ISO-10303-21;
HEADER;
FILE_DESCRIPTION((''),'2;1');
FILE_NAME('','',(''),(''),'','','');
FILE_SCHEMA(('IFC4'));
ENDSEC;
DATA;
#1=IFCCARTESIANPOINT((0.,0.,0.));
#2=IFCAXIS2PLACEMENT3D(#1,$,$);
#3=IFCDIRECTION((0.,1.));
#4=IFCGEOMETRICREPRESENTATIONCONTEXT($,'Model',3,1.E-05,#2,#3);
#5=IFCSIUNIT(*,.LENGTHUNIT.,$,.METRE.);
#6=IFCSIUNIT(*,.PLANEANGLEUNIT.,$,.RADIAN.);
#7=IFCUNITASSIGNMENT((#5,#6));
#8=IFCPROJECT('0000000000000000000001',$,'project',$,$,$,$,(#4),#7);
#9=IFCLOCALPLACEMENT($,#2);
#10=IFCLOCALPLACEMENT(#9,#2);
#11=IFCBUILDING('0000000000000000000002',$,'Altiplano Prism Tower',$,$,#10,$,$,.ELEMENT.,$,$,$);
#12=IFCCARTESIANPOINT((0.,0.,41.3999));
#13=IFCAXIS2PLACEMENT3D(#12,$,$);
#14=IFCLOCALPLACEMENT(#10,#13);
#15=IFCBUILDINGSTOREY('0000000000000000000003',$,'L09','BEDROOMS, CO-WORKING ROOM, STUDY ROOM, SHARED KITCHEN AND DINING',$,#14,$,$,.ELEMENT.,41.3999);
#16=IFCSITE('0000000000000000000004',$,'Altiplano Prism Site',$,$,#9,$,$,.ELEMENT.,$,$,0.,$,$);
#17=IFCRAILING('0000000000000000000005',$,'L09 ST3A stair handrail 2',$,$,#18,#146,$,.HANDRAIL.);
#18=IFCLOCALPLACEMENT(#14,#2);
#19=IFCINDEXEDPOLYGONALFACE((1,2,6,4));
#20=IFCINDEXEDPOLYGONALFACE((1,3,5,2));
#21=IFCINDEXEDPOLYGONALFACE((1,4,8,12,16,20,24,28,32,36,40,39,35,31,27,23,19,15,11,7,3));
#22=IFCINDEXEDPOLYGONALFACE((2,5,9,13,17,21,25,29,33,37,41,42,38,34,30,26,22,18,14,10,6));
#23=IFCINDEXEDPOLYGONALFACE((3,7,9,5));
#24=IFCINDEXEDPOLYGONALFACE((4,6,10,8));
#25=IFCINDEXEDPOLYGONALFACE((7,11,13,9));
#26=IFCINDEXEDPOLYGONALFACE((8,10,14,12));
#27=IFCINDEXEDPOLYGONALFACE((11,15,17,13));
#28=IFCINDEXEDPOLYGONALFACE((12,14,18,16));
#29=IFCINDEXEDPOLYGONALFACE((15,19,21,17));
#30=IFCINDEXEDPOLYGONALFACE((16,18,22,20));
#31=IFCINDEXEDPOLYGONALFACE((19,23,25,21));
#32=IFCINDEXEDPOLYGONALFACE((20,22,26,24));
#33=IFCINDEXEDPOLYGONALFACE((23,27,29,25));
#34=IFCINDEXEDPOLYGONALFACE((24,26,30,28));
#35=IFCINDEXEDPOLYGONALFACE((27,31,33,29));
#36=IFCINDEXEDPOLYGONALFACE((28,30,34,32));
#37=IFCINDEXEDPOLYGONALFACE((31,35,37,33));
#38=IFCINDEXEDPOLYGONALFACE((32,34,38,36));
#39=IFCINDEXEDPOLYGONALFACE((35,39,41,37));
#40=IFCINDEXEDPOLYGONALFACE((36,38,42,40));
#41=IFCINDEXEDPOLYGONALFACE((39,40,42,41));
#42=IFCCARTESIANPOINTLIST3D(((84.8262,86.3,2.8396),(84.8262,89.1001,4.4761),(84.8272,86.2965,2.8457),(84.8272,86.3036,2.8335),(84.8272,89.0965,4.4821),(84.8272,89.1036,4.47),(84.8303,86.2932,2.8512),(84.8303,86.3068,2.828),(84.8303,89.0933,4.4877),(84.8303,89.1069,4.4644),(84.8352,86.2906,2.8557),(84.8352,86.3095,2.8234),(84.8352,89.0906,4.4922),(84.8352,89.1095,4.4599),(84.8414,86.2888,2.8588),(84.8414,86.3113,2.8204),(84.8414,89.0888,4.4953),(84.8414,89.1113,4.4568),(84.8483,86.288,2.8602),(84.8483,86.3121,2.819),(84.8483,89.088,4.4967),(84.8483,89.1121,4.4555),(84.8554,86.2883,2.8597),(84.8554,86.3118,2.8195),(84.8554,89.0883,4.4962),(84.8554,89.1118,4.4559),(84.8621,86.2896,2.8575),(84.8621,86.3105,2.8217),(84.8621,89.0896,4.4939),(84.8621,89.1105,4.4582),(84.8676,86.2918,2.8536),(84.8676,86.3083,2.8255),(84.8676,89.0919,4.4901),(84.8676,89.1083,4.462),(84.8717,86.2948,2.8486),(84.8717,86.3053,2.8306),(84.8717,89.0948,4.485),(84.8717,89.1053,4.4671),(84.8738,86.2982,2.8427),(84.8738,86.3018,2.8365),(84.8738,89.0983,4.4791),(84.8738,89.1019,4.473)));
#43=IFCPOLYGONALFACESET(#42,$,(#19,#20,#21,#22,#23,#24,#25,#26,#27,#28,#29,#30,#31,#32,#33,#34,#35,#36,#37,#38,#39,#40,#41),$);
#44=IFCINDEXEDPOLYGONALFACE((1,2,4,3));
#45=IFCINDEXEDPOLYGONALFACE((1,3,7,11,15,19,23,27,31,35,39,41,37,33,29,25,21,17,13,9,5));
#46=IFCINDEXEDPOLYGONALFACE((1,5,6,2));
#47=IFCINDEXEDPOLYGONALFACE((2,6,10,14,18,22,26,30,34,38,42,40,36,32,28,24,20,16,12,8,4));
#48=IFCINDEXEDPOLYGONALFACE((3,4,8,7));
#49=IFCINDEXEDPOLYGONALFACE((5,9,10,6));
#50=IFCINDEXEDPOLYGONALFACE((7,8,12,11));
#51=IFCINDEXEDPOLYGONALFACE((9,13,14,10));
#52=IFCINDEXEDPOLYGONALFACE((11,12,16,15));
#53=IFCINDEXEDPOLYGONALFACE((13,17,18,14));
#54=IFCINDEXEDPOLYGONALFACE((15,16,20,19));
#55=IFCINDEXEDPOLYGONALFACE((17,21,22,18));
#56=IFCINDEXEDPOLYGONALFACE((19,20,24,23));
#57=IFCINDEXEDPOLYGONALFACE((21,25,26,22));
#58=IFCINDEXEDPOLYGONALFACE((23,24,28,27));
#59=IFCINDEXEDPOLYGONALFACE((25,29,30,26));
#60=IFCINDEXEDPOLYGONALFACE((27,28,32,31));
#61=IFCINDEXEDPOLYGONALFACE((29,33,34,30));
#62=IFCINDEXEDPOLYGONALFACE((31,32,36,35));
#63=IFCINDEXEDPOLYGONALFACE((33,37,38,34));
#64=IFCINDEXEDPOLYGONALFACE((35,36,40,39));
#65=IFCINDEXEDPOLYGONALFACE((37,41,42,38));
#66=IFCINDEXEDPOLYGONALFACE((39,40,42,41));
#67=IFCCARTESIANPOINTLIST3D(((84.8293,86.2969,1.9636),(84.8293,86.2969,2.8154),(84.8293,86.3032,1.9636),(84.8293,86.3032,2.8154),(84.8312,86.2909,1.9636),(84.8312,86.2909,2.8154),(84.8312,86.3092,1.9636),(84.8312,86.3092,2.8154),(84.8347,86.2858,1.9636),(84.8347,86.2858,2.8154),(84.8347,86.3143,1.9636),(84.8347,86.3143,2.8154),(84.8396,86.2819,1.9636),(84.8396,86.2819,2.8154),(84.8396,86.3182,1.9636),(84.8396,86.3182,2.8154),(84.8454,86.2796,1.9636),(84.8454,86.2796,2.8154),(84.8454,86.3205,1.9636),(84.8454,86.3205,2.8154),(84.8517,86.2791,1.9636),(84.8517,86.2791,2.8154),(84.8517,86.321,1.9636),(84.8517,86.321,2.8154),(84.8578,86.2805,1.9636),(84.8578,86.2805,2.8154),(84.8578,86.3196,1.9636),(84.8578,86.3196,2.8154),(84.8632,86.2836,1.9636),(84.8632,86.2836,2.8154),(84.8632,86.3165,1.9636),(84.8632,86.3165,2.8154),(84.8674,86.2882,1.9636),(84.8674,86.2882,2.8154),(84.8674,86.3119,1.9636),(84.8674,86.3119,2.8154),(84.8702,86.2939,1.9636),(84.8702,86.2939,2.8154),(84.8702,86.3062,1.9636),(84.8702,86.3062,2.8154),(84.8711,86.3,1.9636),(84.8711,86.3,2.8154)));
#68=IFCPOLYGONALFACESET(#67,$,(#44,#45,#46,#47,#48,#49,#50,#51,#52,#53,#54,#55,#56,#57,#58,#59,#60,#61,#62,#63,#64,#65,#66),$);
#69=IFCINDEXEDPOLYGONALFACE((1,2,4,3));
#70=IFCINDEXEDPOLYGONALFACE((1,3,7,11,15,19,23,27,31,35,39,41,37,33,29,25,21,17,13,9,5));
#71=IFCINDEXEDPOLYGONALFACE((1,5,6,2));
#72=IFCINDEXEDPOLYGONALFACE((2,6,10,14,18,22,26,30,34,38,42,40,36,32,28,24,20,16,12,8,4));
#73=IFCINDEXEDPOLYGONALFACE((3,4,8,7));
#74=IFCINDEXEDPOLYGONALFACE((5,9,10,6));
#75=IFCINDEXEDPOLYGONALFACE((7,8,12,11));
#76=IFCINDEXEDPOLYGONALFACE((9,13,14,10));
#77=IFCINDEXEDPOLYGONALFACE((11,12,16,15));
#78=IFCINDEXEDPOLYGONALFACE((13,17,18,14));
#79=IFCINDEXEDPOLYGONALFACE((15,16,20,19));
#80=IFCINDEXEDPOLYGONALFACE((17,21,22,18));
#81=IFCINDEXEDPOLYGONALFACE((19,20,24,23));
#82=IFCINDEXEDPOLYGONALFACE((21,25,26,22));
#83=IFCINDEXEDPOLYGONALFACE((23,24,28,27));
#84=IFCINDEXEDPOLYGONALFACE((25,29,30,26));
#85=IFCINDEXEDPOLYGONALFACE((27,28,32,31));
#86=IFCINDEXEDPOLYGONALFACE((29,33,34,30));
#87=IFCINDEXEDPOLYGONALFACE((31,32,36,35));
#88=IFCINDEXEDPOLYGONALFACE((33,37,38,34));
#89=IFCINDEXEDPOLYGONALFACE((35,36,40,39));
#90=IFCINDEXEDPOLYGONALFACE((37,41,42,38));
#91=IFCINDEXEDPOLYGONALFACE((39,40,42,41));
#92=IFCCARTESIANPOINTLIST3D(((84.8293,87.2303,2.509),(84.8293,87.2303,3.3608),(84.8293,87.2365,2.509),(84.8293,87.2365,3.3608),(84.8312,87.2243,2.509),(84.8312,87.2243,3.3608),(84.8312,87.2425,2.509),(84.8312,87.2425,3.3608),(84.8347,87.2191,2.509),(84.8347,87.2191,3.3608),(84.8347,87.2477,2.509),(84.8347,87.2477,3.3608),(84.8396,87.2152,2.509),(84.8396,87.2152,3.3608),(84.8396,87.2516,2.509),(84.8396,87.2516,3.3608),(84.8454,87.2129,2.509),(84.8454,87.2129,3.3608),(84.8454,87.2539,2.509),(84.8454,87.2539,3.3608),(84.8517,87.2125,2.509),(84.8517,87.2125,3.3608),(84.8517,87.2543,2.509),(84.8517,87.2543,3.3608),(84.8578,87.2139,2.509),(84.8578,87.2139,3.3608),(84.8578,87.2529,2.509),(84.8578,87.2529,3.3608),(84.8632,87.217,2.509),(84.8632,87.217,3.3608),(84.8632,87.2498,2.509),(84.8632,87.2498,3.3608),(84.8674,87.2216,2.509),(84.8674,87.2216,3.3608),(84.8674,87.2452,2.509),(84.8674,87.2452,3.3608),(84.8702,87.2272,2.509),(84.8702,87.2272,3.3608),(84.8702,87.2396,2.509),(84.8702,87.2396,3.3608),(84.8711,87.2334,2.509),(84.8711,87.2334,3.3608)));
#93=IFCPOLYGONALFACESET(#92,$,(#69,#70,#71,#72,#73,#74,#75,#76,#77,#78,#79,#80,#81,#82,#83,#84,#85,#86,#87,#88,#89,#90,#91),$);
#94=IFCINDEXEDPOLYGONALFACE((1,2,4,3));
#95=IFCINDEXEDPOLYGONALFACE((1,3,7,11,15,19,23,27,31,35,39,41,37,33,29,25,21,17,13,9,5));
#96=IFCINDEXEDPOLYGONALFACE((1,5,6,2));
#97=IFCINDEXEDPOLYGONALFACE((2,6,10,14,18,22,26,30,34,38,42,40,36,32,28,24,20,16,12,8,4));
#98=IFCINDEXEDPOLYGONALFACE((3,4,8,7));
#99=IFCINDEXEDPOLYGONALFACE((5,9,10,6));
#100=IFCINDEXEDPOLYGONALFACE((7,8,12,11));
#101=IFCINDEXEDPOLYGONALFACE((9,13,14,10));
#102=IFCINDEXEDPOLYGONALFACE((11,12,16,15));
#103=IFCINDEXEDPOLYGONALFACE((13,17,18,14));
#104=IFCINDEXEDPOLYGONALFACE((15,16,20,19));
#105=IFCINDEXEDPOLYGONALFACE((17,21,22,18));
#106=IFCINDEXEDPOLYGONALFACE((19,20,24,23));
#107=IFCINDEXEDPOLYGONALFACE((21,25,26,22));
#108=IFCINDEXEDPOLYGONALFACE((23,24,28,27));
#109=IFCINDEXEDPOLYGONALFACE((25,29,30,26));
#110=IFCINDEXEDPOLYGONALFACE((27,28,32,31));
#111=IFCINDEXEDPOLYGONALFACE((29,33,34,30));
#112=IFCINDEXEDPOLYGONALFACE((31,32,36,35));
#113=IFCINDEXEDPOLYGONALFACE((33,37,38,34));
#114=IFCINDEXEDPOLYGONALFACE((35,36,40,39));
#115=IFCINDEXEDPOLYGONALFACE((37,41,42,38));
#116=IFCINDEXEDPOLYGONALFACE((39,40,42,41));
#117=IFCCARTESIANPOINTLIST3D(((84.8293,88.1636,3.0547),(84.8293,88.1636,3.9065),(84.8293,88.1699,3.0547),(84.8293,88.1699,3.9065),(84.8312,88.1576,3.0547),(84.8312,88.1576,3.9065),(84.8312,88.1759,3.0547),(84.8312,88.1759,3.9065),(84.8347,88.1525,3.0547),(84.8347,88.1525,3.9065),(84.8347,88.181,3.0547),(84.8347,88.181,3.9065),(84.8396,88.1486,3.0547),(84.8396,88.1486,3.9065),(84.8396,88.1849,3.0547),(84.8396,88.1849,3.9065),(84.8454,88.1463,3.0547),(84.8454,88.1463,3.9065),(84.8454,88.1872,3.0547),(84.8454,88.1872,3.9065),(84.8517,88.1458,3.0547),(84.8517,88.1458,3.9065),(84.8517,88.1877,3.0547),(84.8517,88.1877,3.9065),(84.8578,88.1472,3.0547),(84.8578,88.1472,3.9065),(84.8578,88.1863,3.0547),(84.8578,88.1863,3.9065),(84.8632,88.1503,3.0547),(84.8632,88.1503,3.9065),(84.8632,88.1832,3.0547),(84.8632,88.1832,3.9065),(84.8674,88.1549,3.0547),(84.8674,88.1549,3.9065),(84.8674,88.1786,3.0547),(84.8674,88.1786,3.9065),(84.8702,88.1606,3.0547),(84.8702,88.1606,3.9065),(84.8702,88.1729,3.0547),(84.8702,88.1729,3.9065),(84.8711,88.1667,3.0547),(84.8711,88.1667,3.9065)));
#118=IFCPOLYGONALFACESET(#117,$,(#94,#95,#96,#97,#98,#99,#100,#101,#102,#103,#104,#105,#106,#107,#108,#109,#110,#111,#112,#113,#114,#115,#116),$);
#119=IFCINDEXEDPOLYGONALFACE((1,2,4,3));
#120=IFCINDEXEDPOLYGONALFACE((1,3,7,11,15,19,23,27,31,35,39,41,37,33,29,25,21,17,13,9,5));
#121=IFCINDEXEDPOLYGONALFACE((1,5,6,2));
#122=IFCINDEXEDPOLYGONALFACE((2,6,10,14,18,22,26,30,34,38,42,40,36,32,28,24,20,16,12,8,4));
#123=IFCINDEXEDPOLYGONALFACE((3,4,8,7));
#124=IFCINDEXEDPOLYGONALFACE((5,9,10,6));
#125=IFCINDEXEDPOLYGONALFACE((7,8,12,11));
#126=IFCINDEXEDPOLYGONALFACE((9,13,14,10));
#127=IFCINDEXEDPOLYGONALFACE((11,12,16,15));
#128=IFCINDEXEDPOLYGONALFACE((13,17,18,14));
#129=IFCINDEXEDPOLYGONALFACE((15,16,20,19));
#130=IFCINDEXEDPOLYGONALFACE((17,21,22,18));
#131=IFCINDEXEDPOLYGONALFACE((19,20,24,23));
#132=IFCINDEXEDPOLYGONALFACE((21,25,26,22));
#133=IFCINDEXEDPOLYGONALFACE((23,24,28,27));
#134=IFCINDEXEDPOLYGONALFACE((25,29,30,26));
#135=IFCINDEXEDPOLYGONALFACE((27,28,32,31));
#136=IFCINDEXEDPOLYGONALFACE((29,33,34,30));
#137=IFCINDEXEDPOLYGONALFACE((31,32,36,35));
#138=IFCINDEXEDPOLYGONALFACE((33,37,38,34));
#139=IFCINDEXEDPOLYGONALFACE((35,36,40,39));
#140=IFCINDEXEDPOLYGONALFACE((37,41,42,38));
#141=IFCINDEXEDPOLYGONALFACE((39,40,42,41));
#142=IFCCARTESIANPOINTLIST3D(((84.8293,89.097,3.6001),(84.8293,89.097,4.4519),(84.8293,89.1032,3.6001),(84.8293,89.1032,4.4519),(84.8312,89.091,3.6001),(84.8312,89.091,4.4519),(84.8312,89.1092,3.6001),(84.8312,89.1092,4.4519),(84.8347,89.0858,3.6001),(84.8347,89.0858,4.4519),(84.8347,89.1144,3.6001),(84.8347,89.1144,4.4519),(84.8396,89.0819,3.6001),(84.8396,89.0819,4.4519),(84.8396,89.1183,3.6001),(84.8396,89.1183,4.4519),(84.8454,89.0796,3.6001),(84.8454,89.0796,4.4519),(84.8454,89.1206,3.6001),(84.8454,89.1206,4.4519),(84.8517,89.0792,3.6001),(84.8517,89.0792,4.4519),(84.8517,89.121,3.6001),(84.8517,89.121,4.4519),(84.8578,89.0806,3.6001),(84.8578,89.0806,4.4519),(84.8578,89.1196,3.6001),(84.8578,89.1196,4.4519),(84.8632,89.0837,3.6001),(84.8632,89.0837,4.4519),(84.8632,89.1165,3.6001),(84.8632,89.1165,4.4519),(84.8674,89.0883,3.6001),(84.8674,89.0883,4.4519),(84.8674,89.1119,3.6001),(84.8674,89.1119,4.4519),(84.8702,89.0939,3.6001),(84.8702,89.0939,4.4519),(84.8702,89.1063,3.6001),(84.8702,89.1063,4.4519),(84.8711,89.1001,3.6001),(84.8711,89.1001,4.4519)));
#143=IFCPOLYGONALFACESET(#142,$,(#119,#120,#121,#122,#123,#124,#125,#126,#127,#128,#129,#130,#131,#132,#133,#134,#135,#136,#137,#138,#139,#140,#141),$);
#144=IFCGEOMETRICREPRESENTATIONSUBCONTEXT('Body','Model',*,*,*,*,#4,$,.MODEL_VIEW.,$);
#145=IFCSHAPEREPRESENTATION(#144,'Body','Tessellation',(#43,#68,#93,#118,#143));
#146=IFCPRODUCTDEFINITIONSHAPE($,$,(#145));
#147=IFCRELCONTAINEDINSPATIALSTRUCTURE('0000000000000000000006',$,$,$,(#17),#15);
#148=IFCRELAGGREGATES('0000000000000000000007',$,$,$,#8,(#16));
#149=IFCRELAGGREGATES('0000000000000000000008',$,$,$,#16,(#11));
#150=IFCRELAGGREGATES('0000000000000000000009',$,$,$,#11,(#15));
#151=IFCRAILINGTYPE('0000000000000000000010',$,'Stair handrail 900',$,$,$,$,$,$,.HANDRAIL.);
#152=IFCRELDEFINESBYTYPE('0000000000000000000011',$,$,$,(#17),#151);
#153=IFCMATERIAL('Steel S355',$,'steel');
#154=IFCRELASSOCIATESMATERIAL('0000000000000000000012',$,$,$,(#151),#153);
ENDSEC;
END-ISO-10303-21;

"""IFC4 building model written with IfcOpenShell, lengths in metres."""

from ifc_helpers import new_model, si_unit, direction, frame, origin, origin_2d, place, context, subcontext, project, spatial, circle, extrude, material, type_object, element, save


model = new_model("IFC4")

# Units and contexts
model_context = context("Model", 3, precision=1e-05, world=origin(), true_north=direction((0.0, 1.0)))
body_context = subcontext(model_context, "Body", "Model", "MODEL_VIEW")
ifc_project = project(units=[si_unit("LENGTHUNIT", "METRE"), si_unit("PLANEANGLEUNIT", "RADIAN")], contexts=[model_context])

# Site, building, storey
site_placement = place(None, origin())
site = spatial("IfcSite", under=ifc_project, at=site_placement, Name="Altiplano Prism Site", CompositionType="ELEMENT", RefElevation=0.0)
building_placement = place(site_placement, origin())
building = spatial("IfcBuilding", under=site, at=building_placement, Name="Altiplano Prism Tower", CompositionType="ELEMENT")
storey_placement = place(building_placement, frame((0.0, 0.0, 41.3999)))
storey = spatial("IfcBuildingStorey", under=building, at=storey_placement, Name="L09", Description="BEDROOMS, CO-WORKING ROOM, STUDY ROOM, SHARED KITCHEN AND DINING", CompositionType="ELEMENT", Elevation=41.3999)

# Railing
ifc_material_1 = material(Name="Steel S355", Category="steel")
railing_type_1 = type_object("IfcRailingType", Name="Stair handrail 900", PredefinedType="HANDRAIL", material=ifc_material_1)
railing_1_placement = place(storey_placement, frame((84.8501, 86.3, 1.9636)))
element("IfcRailing", 1, at=railing_1_placement, inside=storey, type_object=railing_type_1, Name="L09 ST3A stair handrail 2", PredefinedType="HANDRAIL", context=body_context, shape_type="SweptSolid", body=[
    extrude(circle(Radius=0.0239, at=origin_2d()), frame((0.0, 0.0, 0.876), z_axis=(0.0, 0.863361, 0.504587), x_axis=(-1.0, 0.0, 0.0)), (0.0, 0.0, 1.0), 3.2432),
    extrude(circle(Radius=0.021, at=origin_2d()), origin(), (0.0, 0.0, 1.0), 0.8518),
    extrude(circle(Radius=0.021, at=origin_2d()), frame((0.0, 0.9333, 0.5454)), (0.0, 0.0, 1.0), 0.8518),
    extrude(circle(Radius=0.021, at=origin_2d()), frame((0.0, 1.8667, 1.0911)), (0.0, 0.0, 1.0), 0.8518),
    extrude(circle(Radius=0.021, at=origin_2d()), frame((0.0, 2.8, 1.6365)), (0.0, 0.0, 1.0), 0.8518),
])

save(model, "model.ifc")
